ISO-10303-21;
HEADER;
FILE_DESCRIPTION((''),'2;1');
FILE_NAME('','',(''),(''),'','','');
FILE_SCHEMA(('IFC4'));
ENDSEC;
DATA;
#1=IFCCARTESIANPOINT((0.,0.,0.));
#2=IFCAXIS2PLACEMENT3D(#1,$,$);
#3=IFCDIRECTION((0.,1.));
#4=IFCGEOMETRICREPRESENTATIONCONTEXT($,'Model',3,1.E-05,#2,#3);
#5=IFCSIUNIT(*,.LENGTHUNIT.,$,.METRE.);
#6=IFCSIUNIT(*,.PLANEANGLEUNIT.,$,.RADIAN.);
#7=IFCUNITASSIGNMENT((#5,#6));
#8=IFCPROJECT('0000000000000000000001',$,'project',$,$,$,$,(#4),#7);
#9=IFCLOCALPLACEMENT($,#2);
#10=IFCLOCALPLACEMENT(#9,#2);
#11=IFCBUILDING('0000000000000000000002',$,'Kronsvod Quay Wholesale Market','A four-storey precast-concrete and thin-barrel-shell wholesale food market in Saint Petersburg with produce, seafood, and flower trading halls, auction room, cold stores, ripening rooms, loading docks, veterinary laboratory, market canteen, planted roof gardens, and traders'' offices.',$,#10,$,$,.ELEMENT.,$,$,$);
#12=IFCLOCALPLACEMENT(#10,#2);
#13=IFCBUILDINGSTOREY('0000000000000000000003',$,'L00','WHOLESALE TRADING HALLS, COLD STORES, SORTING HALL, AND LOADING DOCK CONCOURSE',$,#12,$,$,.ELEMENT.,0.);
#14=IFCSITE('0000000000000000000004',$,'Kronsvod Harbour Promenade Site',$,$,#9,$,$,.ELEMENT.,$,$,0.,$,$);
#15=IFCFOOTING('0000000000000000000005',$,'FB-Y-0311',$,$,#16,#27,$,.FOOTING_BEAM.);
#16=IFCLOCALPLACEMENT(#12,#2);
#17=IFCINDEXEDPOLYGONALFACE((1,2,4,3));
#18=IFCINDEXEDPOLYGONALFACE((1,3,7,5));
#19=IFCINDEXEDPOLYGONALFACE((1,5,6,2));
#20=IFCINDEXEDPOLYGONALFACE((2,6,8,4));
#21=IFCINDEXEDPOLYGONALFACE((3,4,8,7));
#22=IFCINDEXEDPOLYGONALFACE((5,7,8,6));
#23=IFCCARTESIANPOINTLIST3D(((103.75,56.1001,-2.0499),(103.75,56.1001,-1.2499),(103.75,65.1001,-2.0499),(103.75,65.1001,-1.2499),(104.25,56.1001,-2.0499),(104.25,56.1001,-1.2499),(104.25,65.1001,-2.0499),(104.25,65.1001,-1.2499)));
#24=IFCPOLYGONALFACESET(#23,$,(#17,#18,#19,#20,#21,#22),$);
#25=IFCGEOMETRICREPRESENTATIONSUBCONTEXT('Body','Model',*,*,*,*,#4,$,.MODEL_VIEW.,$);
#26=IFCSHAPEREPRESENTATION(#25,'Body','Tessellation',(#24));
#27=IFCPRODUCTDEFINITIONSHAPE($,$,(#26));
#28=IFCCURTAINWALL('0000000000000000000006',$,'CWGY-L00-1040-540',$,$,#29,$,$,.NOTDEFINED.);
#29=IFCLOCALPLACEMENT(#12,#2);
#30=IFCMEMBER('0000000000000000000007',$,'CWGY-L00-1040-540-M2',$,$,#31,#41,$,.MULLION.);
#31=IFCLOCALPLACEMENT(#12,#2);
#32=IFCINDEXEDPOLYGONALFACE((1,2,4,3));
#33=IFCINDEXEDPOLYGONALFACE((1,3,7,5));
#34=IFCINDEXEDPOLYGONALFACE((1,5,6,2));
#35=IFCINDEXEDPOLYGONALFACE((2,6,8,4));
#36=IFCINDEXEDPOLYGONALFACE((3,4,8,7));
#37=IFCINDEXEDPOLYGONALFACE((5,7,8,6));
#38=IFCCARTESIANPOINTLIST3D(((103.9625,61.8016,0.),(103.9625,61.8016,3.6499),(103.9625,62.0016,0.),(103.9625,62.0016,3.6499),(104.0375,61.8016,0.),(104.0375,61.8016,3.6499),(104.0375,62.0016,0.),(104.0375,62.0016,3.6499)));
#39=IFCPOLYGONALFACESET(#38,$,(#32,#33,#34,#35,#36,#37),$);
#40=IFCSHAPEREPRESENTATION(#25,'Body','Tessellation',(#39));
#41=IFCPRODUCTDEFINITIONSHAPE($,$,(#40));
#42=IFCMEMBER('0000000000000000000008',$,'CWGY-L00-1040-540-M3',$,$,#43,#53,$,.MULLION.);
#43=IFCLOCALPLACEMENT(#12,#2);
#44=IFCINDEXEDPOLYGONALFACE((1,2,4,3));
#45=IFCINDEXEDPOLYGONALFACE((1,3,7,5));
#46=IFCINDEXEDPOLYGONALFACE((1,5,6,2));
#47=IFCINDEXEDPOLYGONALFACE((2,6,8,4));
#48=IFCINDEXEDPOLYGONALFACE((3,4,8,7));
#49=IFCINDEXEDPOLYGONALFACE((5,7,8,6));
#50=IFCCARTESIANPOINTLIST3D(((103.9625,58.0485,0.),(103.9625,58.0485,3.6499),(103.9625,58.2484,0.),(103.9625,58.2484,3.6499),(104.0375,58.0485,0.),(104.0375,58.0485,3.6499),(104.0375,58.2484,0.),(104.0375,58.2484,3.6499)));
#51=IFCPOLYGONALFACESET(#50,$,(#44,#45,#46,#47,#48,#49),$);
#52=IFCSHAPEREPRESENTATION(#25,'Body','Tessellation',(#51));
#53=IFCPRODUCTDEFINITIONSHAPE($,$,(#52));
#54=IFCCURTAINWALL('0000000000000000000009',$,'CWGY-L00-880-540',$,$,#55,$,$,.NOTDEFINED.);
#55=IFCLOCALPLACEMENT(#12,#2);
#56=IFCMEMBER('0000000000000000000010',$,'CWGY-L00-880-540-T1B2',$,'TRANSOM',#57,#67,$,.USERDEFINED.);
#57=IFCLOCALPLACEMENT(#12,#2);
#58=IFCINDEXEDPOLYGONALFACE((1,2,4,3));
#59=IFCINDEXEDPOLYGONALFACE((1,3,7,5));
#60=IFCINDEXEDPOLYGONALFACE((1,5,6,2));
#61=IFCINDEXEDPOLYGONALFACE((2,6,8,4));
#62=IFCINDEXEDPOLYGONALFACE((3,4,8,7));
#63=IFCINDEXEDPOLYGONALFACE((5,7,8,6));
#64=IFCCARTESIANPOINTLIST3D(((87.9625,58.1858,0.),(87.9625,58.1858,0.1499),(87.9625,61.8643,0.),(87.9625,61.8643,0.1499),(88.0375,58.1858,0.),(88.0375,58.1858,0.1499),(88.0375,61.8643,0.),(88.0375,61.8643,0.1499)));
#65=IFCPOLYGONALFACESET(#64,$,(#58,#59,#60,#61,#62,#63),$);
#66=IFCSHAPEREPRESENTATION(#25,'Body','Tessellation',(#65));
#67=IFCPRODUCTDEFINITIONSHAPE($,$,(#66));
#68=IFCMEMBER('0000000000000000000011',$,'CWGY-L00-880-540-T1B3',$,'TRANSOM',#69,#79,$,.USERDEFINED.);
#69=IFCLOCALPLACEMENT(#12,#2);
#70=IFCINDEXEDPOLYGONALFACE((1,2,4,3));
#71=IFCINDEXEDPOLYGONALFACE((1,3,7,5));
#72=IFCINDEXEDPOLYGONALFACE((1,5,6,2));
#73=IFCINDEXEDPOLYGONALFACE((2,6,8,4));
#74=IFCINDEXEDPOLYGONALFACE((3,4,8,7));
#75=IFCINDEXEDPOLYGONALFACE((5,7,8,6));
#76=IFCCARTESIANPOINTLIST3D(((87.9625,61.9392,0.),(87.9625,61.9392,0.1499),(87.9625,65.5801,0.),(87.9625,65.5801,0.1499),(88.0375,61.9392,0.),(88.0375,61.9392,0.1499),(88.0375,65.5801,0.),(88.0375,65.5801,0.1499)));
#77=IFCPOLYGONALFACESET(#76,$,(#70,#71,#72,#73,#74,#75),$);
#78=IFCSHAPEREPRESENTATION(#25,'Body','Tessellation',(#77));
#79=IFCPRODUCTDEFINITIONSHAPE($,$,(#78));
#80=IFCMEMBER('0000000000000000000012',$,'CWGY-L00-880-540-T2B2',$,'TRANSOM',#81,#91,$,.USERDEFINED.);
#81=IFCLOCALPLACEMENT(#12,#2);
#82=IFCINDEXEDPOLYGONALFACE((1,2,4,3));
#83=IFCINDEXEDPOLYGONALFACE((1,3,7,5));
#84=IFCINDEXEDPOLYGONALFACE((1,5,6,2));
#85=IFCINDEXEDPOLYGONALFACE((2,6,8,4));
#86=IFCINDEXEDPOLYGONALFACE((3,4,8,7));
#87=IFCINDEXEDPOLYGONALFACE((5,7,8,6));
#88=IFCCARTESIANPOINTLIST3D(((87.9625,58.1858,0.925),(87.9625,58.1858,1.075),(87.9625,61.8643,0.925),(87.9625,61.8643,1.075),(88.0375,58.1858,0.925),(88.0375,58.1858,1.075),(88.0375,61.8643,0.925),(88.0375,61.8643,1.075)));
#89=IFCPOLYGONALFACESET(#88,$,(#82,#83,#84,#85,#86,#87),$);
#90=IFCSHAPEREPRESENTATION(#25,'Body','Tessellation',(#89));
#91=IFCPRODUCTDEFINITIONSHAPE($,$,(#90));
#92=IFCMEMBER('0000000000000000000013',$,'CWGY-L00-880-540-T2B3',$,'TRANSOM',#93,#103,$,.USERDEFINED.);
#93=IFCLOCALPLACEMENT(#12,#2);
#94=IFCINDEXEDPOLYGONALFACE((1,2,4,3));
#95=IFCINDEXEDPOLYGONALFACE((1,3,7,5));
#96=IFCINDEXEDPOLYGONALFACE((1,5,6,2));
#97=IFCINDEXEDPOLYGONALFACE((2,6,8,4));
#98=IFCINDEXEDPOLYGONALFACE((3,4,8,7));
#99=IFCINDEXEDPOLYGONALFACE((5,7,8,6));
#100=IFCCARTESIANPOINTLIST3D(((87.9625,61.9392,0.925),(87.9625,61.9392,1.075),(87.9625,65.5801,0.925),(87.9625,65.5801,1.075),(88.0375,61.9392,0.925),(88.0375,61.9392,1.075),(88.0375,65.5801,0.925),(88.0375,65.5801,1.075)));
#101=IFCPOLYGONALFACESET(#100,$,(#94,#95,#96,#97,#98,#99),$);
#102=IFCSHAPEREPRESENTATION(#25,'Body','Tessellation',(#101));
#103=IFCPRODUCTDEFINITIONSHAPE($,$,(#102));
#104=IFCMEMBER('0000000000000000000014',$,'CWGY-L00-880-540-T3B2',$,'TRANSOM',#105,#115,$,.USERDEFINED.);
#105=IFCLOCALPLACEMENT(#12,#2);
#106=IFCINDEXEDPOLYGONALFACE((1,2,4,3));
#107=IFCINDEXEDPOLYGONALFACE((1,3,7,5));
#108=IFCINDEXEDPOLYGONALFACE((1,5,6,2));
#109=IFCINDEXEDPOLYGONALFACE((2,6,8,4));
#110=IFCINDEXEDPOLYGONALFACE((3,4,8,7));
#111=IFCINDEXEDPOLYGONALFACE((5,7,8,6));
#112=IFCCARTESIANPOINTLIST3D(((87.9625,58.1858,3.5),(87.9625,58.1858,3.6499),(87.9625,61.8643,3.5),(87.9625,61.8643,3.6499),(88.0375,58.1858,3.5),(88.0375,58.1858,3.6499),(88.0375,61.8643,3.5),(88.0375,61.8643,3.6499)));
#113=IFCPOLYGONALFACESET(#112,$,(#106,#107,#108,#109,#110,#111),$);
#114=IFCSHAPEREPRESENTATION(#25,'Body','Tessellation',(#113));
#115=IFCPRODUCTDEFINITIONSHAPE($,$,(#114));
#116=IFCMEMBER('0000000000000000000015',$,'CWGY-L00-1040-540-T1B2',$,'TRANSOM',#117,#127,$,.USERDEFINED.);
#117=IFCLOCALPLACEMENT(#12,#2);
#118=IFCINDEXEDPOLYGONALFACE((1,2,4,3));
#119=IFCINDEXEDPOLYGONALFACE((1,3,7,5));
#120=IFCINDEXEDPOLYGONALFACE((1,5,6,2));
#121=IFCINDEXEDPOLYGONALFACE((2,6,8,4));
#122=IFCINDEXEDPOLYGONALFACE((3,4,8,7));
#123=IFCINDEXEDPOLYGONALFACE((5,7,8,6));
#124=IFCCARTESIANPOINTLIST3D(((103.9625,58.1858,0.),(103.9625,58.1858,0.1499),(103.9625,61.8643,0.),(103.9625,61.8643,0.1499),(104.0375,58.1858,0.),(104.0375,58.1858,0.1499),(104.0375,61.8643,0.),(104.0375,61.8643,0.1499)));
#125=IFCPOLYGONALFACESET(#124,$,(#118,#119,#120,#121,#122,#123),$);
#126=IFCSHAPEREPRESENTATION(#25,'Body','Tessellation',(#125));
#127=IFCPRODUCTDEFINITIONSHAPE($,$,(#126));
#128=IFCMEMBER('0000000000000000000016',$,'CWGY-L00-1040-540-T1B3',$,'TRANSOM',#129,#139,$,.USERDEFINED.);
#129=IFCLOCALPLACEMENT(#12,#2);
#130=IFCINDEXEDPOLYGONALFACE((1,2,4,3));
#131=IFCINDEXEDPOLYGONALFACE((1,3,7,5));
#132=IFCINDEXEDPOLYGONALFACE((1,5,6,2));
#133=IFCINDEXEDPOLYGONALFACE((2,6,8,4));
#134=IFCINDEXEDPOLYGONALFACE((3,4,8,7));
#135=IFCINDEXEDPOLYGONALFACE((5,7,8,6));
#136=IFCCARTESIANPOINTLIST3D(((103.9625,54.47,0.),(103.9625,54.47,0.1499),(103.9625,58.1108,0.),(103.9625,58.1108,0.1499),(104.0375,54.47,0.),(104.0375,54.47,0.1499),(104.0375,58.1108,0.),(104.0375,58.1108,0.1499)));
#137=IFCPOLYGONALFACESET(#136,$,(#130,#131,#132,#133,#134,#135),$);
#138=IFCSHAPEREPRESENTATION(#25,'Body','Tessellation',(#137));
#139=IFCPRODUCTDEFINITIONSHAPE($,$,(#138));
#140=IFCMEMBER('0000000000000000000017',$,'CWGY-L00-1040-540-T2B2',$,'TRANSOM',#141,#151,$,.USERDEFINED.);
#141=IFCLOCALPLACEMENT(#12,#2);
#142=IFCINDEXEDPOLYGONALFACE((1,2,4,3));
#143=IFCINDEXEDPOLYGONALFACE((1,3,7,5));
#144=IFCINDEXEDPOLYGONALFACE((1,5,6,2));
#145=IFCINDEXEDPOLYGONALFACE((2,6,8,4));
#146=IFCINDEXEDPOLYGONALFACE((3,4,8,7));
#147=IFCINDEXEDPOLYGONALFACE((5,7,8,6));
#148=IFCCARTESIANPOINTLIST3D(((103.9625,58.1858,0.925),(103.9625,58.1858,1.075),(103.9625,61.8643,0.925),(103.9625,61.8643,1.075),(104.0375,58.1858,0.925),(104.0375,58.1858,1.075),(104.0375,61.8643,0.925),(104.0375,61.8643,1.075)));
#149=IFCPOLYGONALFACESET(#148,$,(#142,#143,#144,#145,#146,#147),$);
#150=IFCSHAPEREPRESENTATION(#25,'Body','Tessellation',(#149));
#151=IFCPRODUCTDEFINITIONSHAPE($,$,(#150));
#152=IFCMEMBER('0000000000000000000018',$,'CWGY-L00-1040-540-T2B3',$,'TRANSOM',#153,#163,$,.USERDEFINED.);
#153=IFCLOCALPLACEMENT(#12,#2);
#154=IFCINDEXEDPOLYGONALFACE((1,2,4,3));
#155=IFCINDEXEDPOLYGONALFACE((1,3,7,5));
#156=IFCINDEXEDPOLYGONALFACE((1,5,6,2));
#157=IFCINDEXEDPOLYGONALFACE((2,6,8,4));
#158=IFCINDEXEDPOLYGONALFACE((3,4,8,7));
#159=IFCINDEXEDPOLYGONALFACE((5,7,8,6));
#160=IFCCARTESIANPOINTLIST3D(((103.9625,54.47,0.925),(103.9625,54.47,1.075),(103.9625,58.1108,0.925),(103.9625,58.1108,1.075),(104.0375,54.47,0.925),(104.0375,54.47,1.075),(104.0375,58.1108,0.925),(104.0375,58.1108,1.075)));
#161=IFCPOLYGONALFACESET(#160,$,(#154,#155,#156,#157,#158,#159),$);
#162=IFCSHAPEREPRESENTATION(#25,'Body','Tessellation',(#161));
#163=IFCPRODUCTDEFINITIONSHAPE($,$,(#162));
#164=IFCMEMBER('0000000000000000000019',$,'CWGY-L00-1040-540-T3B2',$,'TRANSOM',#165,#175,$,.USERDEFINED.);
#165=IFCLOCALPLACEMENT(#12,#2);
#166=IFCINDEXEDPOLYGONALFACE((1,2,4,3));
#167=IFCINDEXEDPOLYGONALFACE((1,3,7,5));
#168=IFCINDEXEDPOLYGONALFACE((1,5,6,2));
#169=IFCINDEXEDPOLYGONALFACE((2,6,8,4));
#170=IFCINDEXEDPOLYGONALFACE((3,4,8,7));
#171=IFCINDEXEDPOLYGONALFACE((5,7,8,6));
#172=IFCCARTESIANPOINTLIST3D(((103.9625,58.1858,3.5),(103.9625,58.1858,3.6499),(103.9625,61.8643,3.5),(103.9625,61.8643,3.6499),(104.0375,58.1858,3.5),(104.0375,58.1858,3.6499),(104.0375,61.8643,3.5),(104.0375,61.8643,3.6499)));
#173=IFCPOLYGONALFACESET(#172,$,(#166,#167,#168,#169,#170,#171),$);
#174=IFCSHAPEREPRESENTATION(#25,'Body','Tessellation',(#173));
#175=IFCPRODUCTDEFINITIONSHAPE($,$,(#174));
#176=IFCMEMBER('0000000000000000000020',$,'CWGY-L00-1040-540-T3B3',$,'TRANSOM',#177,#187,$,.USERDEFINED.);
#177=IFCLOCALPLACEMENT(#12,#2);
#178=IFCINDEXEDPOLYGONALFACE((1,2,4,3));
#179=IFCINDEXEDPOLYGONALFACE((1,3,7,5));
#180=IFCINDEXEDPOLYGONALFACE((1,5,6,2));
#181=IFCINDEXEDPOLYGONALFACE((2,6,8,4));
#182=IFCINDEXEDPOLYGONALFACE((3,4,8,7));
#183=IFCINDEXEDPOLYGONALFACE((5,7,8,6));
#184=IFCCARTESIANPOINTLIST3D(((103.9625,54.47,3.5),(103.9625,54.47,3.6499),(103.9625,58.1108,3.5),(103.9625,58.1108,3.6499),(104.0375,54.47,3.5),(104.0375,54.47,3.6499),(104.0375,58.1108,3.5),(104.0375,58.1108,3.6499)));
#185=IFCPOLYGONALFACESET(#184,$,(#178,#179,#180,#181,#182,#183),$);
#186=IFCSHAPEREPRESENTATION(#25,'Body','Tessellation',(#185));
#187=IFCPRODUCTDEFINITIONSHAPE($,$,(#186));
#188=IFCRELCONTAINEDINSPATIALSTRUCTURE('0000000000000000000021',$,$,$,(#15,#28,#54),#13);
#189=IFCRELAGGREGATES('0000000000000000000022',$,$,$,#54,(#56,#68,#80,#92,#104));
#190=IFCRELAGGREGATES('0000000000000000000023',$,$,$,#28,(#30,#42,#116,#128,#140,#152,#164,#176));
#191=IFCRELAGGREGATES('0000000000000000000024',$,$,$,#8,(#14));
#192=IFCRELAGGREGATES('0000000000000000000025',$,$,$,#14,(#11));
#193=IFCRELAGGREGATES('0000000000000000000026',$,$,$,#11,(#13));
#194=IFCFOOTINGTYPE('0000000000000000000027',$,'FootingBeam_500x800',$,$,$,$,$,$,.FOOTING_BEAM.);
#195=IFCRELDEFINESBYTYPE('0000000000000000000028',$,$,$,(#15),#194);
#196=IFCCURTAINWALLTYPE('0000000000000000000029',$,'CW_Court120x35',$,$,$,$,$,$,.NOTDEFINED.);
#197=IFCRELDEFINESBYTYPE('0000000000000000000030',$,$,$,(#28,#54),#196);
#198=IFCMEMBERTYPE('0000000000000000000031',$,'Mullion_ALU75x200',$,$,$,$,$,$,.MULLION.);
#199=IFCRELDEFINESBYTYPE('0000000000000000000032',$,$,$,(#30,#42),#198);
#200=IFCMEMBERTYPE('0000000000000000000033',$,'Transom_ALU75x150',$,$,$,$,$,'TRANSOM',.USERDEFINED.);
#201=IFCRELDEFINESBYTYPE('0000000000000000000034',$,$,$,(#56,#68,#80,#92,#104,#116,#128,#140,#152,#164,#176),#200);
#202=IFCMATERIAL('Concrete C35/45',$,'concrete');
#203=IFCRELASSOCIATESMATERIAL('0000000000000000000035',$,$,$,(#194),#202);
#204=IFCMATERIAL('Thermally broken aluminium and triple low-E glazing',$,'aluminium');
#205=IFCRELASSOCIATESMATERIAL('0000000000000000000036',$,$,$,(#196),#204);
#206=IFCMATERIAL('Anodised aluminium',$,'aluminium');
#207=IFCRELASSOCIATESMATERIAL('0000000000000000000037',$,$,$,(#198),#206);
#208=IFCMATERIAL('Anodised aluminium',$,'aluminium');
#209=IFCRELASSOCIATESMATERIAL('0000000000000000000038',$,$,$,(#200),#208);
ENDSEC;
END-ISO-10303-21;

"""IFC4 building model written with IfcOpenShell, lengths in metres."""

from ifc_helpers import new_model, si_unit, direction, frame, origin, origin_2d, place, context, subcontext, project, spatial, rectangle, extrude, material, material_profile, profile_set, type_object, element, aggregate, save


model = new_model("IFC4")

# Units and contexts
model_context = context("Model", 3, precision=1e-05, world=origin(), true_north=direction((0.0, 1.0)))
body_context = subcontext(model_context, "Body", "Model", "MODEL_VIEW")
ifc_project = project(units=[si_unit("LENGTHUNIT", "METRE"), si_unit("PLANEANGLEUNIT", "RADIAN")], contexts=[model_context])

# Site, building, storey
site_placement = place(None, origin())
site = spatial("IfcSite", under=ifc_project, at=site_placement, Name="Kronsvod Harbour Promenade Site", CompositionType="ELEMENT", RefElevation=0.0)
building_placement = place(site_placement, origin())
building = spatial("IfcBuilding", under=site, at=building_placement, Name="Kronsvod Quay Wholesale Market", Description="A four-storey precast-concrete and thin-barrel-shell wholesale food market in Saint Petersburg with produce, seafood, and flower trading halls, auction room, cold stores, ripening rooms, loading docks, veterinary laboratory, market canteen, planted roof gardens, and traders' offices.", CompositionType="ELEMENT")
storey_placement = place(building_placement, origin())
storey = spatial("IfcBuildingStorey", under=building, at=storey_placement, Name="L00", Description="WHOLESALE TRADING HALLS, COLD STORES, SORTING HALL, AND LOADING DOCK CONCOURSE", CompositionType="ELEMENT", Elevation=0.0)

# Footing
ifc_material_1 = material(Name="Concrete C35/45", Category="concrete")
ifc_material_profile_1 = material_profile(ifc_material_1, rectangle(XDim=0.5, YDim=0.8, at=origin_2d()), Name="FB-01")
ifc_profile_set_1 = profile_set([ifc_material_profile_1], Name="Concrete C35/45")
footing_type = type_object("IfcFootingType", Name="FootingBeam_500x800", PredefinedType="FOOTING_BEAM", material=ifc_profile_set_1)
footing_placement = place(storey_placement, frame((104.0, 56.1001, -1.6499), z_axis=(0.0, 1.0, 0.0), x_axis=(-1.0, 0.0, 0.0)))
element("IfcFooting", 1, at=footing_placement, inside=storey, type_object=footing_type, Name="FB-Y-0311", PredefinedType="FOOTING_BEAM", context=body_context, shape_type="SweptSolid", body=[
    extrude(rectangle(XDim=0.5, YDim=0.8, at=origin_2d()), origin(), (0.0, 0.0, 1.0), 9.0),
])

# Curtain walls, members
ifc_material_2 = material(Name="Thermally broken aluminium and triple low-E glazing", Category="aluminium")
curtain_wall_type = type_object("IfcCurtainWallType", Name="CW_Court120x35", PredefinedType="NOTDEFINED", material=ifc_material_2)
curtain_wall_1_placement = place(storey_placement, origin())
curtain_wall_1 = element("IfcCurtainWall", 2, at=curtain_wall_1_placement, inside=storey, type_object=curtain_wall_type, Name="CWGY-L00-1040-540", PredefinedType="NOTDEFINED")
ifc_material_3 = material(Name="Anodised aluminium", Category="aluminium")
ifc_material_profile_2 = material_profile(ifc_material_3, rectangle(XDim=0.075, YDim=0.2, at=origin_2d()), Name="ALUM75x200")
ifc_profile_set_2 = profile_set([ifc_material_profile_2], Name="Anodised aluminium")
member_type_1 = type_object("IfcMemberType", Name="Mullion_ALU75x200", PredefinedType="MULLION", material=ifc_profile_set_2)
member_1_placement = place(storey_placement, frame((104.0, 61.9016, 0.0), z_axis=(0.0, 0.0, 1.0), x_axis=(1.0, 0.0, 0.0)))
member_1 = element("IfcMember", 3, at=member_1_placement, type_object=member_type_1, Name="CWGY-L00-1040-540-M2", PredefinedType="MULLION", context=body_context, shape_type="SweptSolid", body=[
    extrude(rectangle(XDim=0.075, YDim=0.2, at=origin_2d()), origin(), (0.0, 0.0, 1.0), 3.6499),
])
member_2_placement = place(storey_placement, frame((104.0, 58.1484, 0.0), z_axis=(0.0, 0.0, 1.0), x_axis=(1.0, 0.0, 0.0)))
member_2 = element("IfcMember", 4, at=member_2_placement, type_object=member_type_1, Name="CWGY-L00-1040-540-M3", PredefinedType="MULLION", context=body_context, shape_type="SweptSolid", body=[
    extrude(rectangle(XDim=0.075, YDim=0.2, at=origin_2d()), origin(), (0.0, 0.0, 1.0), 3.6499),
])
curtain_wall_2_placement = place(storey_placement, origin())
curtain_wall_2 = element("IfcCurtainWall", 5, at=curtain_wall_2_placement, inside=storey, type_object=curtain_wall_type, Name="CWGY-L00-880-540", PredefinedType="NOTDEFINED")
ifc_material_4 = material(Name="Anodised aluminium", Category="aluminium")
ifc_material_profile_3 = material_profile(ifc_material_4, rectangle(XDim=0.075, YDim=0.1499, at=origin_2d()), Name="ALUT75x150")
ifc_profile_set_3 = profile_set([ifc_material_profile_3], Name="Anodised aluminium")
member_type_2 = type_object("IfcMemberType", Name="Transom_ALU75x150", ElementType="TRANSOM", PredefinedType="USERDEFINED", material=ifc_profile_set_3)
member_3_placement = place(storey_placement, frame((88.0, 58.1858, 0.075), z_axis=(0.0, 1.0, 0.0), x_axis=(-1.0, 0.0, 0.0)))
member_3 = element("IfcMember", 6, at=member_3_placement, type_object=member_type_2, Name="CWGY-L00-880-540-T1B2", ObjectType="TRANSOM", PredefinedType="USERDEFINED", context=body_context, shape_type="SweptSolid", body=[
    extrude(rectangle(XDim=0.075, YDim=0.1499, at=origin_2d()), origin(), (0.0, 0.0, 1.0), 3.6785),
])
member_4_placement = place(storey_placement, frame((88.0, 61.9392, 0.075), z_axis=(0.0, 1.0, 0.0), x_axis=(-1.0, 0.0, 0.0)))
member_4 = element("IfcMember", 7, at=member_4_placement, type_object=member_type_2, Name="CWGY-L00-880-540-T1B3", ObjectType="TRANSOM", PredefinedType="USERDEFINED", context=body_context, shape_type="SweptSolid", body=[
    extrude(rectangle(XDim=0.075, YDim=0.1499, at=origin_2d()), origin(), (0.0, 0.0, 1.0), 3.6409),
])
member_5_placement = place(storey_placement, frame((88.0, 58.1858, 1.0), z_axis=(0.0, 1.0, 0.0), x_axis=(-1.0, 0.0, 0.0)))
member_5 = element("IfcMember", 8, at=member_5_placement, type_object=member_type_2, Name="CWGY-L00-880-540-T2B2", ObjectType="TRANSOM", PredefinedType="USERDEFINED", context=body_context, shape_type="SweptSolid", body=[
    extrude(rectangle(XDim=0.075, YDim=0.1499, at=origin_2d()), origin(), (0.0, 0.0, 1.0), 3.6785),
])
member_6_placement = place(storey_placement, frame((88.0, 61.9392, 1.0), z_axis=(0.0, 1.0, 0.0), x_axis=(-1.0, 0.0, 0.0)))
member_6 = element("IfcMember", 9, at=member_6_placement, type_object=member_type_2, Name="CWGY-L00-880-540-T2B3", ObjectType="TRANSOM", PredefinedType="USERDEFINED", context=body_context, shape_type="SweptSolid", body=[
    extrude(rectangle(XDim=0.075, YDim=0.1499, at=origin_2d()), origin(), (0.0, 0.0, 1.0), 3.6409),
])
member_7_placement = place(storey_placement, frame((88.0, 58.1858, 3.575), z_axis=(0.0, 1.0, 0.0), x_axis=(-1.0, 0.0, 0.0)))
member_7 = element("IfcMember", 10, at=member_7_placement, type_object=member_type_2, Name="CWGY-L00-880-540-T3B2", ObjectType="TRANSOM", PredefinedType="USERDEFINED", context=body_context, shape_type="SweptSolid", body=[
    extrude(rectangle(XDim=0.075, YDim=0.1499, at=origin_2d()), origin(), (0.0, 0.0, 1.0), 3.6785),
])

# Members
member_8_placement = place(storey_placement, frame((104.0, 61.8643, 0.075), z_axis=(0.0, -1.0, 0.0), x_axis=(1.0, 0.0, 0.0)))
member_8 = element("IfcMember", 11, at=member_8_placement, type_object=member_type_2, Name="CWGY-L00-1040-540-T1B2", ObjectType="TRANSOM", PredefinedType="USERDEFINED", context=body_context, shape_type="SweptSolid", body=[
    extrude(rectangle(XDim=0.075, YDim=0.1499, at=origin_2d()), origin(), (0.0, 0.0, 1.0), 3.6785),
])
member_9_placement = place(storey_placement, frame((104.0, 58.1108, 0.075), z_axis=(0.0, -1.0, 0.0), x_axis=(1.0, 0.0, 0.0)))
member_9 = element("IfcMember", 12, at=member_9_placement, type_object=member_type_2, Name="CWGY-L00-1040-540-T1B3", ObjectType="TRANSOM", PredefinedType="USERDEFINED", context=body_context, shape_type="SweptSolid", body=[
    extrude(rectangle(XDim=0.075, YDim=0.1499, at=origin_2d()), origin(), (0.0, 0.0, 1.0), 3.6409),
])
member_10_placement = place(storey_placement, frame((104.0, 61.8643, 1.0), z_axis=(0.0, -1.0, 0.0), x_axis=(1.0, 0.0, 0.0)))
member_10 = element("IfcMember", 13, at=member_10_placement, type_object=member_type_2, Name="CWGY-L00-1040-540-T2B2", ObjectType="TRANSOM", PredefinedType="USERDEFINED", context=body_context, shape_type="SweptSolid", body=[
    extrude(rectangle(XDim=0.075, YDim=0.1499, at=origin_2d()), origin(), (0.0, 0.0, 1.0), 3.6785),
])
member_11_placement = place(storey_placement, frame((104.0, 58.1108, 1.0), z_axis=(0.0, -1.0, 0.0), x_axis=(1.0, 0.0, 0.0)))
member_11 = element("IfcMember", 14, at=member_11_placement, type_object=member_type_2, Name="CWGY-L00-1040-540-T2B3", ObjectType="TRANSOM", PredefinedType="USERDEFINED", context=body_context, shape_type="SweptSolid", body=[
    extrude(rectangle(XDim=0.075, YDim=0.1499, at=origin_2d()), origin(), (0.0, 0.0, 1.0), 3.6409),
])
member_12_placement = place(storey_placement, frame((104.0, 61.8643, 3.575), z_axis=(0.0, -1.0, 0.0), x_axis=(1.0, 0.0, 0.0)))
member_12 = element("IfcMember", 15, at=member_12_placement, type_object=member_type_2, Name="CWGY-L00-1040-540-T3B2", ObjectType="TRANSOM", PredefinedType="USERDEFINED", context=body_context, shape_type="SweptSolid", body=[
    extrude(rectangle(XDim=0.075, YDim=0.1499, at=origin_2d()), origin(), (0.0, 0.0, 1.0), 3.6785),
])
member_13_placement = place(storey_placement, frame((104.0, 58.1108, 3.575), z_axis=(0.0, -1.0, 0.0), x_axis=(1.0, 0.0, 0.0)))
member_13 = element("IfcMember", 16, at=member_13_placement, type_object=member_type_2, Name="CWGY-L00-1040-540-T3B3", ObjectType="TRANSOM", PredefinedType="USERDEFINED", context=body_context, shape_type="SweptSolid", body=[
    extrude(rectangle(XDim=0.075, YDim=0.1499, at=origin_2d()), origin(), (0.0, 0.0, 1.0), 3.6409),
])

aggregate(curtain_wall_2, [member_3, member_4, member_5, member_6, member_7])
aggregate(curtain_wall_1, [member_1, member_2, member_8, member_9, member_10, member_11, member_12, member_13])

save(model, "model.ifc")
